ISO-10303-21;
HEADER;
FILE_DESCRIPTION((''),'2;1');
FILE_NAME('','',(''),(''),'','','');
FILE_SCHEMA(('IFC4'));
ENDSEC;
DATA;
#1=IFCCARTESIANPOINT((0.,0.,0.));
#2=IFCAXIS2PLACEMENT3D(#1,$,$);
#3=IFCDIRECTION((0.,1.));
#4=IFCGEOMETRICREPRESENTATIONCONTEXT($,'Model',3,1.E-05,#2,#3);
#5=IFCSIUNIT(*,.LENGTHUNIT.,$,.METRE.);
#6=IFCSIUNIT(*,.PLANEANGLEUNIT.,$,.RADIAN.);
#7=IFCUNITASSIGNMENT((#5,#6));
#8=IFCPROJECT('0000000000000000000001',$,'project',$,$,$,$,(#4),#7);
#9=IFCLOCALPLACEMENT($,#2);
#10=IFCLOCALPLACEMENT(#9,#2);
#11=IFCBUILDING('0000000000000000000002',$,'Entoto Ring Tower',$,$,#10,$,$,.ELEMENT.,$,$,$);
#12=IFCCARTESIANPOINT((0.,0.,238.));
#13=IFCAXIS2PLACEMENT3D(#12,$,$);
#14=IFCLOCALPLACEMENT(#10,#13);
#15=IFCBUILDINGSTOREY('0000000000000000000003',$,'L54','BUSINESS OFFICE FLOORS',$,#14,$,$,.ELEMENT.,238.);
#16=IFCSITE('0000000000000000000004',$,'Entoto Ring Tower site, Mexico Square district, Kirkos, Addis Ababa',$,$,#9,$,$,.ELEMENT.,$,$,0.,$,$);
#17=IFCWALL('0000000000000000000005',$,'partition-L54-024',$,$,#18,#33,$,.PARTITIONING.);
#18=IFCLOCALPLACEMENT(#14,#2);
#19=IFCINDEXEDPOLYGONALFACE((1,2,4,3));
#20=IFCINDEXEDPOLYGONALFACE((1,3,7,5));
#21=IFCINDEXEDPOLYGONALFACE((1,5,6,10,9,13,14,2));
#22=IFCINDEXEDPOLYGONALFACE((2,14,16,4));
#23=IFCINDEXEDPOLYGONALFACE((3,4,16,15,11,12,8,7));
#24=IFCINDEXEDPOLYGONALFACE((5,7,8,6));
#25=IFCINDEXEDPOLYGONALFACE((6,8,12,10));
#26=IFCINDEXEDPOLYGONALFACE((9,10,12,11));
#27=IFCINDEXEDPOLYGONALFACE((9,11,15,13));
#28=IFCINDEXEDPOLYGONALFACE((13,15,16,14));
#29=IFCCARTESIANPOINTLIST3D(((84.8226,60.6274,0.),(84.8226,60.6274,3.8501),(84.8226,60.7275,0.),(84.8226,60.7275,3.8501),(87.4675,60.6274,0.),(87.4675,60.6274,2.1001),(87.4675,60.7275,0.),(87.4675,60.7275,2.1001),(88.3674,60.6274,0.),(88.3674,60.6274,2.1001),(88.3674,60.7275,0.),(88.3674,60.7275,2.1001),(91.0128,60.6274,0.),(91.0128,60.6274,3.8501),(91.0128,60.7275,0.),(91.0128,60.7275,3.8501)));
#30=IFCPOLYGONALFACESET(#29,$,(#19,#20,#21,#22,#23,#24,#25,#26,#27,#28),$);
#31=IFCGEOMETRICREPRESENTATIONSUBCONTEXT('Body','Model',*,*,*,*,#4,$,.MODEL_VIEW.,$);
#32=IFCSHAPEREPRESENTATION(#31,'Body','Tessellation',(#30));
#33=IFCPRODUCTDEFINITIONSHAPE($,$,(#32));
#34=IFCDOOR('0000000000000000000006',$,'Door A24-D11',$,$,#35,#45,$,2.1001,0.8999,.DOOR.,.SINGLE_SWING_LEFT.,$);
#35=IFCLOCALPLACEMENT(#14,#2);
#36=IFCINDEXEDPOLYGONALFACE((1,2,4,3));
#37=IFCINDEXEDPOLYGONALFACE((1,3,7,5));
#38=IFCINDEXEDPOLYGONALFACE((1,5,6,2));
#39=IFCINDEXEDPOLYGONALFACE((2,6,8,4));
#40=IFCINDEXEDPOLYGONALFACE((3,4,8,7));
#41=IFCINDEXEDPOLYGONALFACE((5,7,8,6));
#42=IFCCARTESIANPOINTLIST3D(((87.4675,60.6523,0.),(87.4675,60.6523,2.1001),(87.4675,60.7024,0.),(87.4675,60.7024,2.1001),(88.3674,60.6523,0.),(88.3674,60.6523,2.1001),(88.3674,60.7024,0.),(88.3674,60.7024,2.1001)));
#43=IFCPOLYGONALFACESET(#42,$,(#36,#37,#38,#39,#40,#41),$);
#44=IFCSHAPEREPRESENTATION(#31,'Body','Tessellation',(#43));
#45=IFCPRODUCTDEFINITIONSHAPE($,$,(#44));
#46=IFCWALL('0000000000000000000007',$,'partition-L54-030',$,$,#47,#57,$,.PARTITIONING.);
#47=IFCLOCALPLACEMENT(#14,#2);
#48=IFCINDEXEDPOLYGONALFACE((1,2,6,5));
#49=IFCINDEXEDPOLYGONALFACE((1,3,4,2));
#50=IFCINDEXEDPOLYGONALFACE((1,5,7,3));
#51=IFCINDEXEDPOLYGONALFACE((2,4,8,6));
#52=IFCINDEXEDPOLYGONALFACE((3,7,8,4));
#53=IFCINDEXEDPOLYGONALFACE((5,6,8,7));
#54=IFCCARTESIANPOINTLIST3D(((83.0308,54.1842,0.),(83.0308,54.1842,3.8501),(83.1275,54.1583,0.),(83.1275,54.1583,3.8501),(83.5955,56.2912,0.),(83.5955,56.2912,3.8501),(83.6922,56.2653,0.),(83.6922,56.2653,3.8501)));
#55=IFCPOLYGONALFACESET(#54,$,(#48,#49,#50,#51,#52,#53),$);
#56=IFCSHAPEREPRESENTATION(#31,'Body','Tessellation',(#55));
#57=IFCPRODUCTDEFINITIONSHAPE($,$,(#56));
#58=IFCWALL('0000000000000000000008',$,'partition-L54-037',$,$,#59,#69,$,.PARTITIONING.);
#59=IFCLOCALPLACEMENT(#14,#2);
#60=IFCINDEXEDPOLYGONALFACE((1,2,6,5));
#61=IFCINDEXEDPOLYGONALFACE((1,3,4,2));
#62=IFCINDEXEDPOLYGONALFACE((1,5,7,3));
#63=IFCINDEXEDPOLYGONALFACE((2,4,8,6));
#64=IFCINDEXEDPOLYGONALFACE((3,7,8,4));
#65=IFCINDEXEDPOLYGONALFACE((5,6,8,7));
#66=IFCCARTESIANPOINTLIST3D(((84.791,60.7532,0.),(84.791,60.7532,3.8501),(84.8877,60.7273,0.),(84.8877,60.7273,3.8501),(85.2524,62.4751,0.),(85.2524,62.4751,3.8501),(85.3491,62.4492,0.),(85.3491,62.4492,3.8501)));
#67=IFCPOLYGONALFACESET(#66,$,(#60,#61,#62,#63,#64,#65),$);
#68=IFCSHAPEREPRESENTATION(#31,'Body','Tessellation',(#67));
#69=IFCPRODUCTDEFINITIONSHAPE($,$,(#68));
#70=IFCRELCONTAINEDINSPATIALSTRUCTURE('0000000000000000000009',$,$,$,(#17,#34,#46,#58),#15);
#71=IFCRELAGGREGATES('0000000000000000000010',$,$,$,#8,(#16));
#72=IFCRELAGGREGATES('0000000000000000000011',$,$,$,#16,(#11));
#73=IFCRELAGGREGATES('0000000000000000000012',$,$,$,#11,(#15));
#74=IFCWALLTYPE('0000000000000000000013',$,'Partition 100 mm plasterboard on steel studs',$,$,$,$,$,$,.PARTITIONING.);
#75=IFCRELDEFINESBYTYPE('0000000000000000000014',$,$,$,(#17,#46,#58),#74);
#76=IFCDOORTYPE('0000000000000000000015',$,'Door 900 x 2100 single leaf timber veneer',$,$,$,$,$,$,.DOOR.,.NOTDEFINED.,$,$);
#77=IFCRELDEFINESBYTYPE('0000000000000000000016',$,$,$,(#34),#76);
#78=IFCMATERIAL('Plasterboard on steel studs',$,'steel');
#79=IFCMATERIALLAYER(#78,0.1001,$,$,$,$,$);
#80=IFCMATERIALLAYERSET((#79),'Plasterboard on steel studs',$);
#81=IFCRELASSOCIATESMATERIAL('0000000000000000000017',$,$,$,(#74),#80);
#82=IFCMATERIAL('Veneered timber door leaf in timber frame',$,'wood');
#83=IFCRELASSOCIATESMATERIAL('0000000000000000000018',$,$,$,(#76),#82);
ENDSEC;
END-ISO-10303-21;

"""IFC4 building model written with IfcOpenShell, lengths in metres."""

from ifc_helpers import new_model, si_unit, direction, frame, frame_2d, origin, place, context, subcontext, project, spatial, rectangle, extrude, material, layer, layer_set, type_object, element, fill, save


model = new_model("IFC4")

# Units and contexts
model_context = context("Model", 3, precision=1e-05, world=origin(), true_north=direction((0.0, 1.0)))
body_context = subcontext(model_context, "Body", "Model", "MODEL_VIEW")
ifc_project = project(units=[si_unit("LENGTHUNIT", "METRE"), si_unit("PLANEANGLEUNIT", "RADIAN")], contexts=[model_context])

# Site, building, storey
site_placement = place(None, origin())
site = spatial("IfcSite", under=ifc_project, at=site_placement, Name="Entoto Ring Tower site, Mexico Square district, Kirkos, Addis Ababa", CompositionType="ELEMENT", RefElevation=0.0)
building_placement = place(site_placement, origin())
building = spatial("IfcBuilding", under=site, at=building_placement, Name="Entoto Ring Tower", CompositionType="ELEMENT")
storey_placement = place(building_placement, frame((0.0, 0.0, 238.0)))
storey = spatial("IfcBuildingStorey", under=building, at=storey_placement, Name="L54", Description="BUSINESS OFFICE FLOORS", CompositionType="ELEMENT", Elevation=238.0)

# Wall, opening, door
ifc_material_1 = material(Name="Plasterboard on steel studs", Category="steel")
ifc_layer_1 = layer(ifc_material_1, 0.1001)
ifc_layer_set_1 = layer_set([ifc_layer_1], Name="Plasterboard on steel studs")
wall_type_1 = type_object("IfcWallType", Name="Partition 100 mm plasterboard on steel studs", PredefinedType="PARTITIONING", material=ifc_layer_set_1)
ifc_material_2 = material(Name="Veneered timber door leaf in timber frame", Category="wood")
door_type_1 = type_object("IfcDoorType", Name="Door 900 x 2100 single leaf timber veneer", OperationType="NOTDEFINED", PredefinedType="DOOR", material=ifc_material_2)
wall_1_placement = place(storey_placement, frame((84.8225, 60.6775, 0.0), z_axis=(0.0, 0.0, 1.0), x_axis=(1.0, 0.0, 0.0)))
wall_1 = element("IfcWall", 1, at=wall_1_placement, inside=storey, type_object=wall_type_1, Name="partition-L54-024", PredefinedType="PARTITIONING", context=body_context, shape_type="SweptSolid", body=[
    extrude(rectangle(XDim=6.1902, YDim=0.1001, at=frame_2d((3.0952, 0.0))), origin(), (0.0, 0.0, 1.0), 3.8501),
])
opening_1_placement = place(wall_1_placement, frame((2.645, 0.0, 0.0)))
opening_1 = element("IfcOpeningElement", 2, at=opening_1_placement, cuts=wall_1, PredefinedType="OPENING", context=body_context, shape_type="SweptSolid", body=[
    extrude(rectangle(XDim=0.8999, YDim=2.1001, at=frame_2d((0.45, 1.05))), frame((0.0, 0.0601, 0.0), z_axis=(0.0, -1.0, 0.0), x_axis=(1.0, 0.0, 0.0)), (0.0, 0.0, 1.0), 0.1201),
])
door_1_placement = place(opening_1_placement, origin())
door_1 = element("IfcDoor", 3, at=door_1_placement, inside=storey, type_object=door_type_1, Name="Door A24-D11", OperationType="SINGLE_SWING_LEFT", OverallHeight=2.1001, OverallWidth=0.8999, PredefinedType="DOOR", context=body_context, shape_type="SweptSolid", body=[
    extrude(rectangle(XDim=0.8999, YDim=2.1001, at=frame_2d((0.45, 1.05))), frame((0.0, 0.0249, 0.0), z_axis=(0.0, -1.0, 0.0), x_axis=(1.0, 0.0, 0.0)), (0.0, 0.0, 1.0), 0.05),
])
fill(opening_1, door_1)

# Walls
wall_2_placement = place(storey_placement, frame((83.0791, 54.1711, 0.0), z_axis=(0.0, 0.0, 1.0), x_axis=(0.258882, 0.965909, 0.0)))
element("IfcWall", 4, at=wall_2_placement, inside=storey, type_object=wall_type_1, Name="partition-L54-030", PredefinedType="PARTITIONING", context=body_context, shape_type="SweptSolid", body=[
    extrude(rectangle(XDim=2.1814, YDim=0.1001, at=frame_2d((1.0908, 0.0))), origin(), (0.0, 0.0, 1.0), 3.8501),
])
wall_3_placement = place(storey_placement, frame((84.8394, 60.7402, 0.0), z_axis=(0.0, 0.0, 1.0), x_axis=(0.258839, 0.965921, 0.0)))
element("IfcWall", 5, at=wall_3_placement, inside=storey, type_object=wall_type_1, Name="partition-L54-037", PredefinedType="PARTITIONING", context=body_context, shape_type="SweptSolid", body=[
    extrude(rectangle(XDim=1.7827, YDim=0.1001, at=frame_2d((0.8914, 0.0))), origin(), (0.0, 0.0, 1.0), 3.8501),
])

save(model, "model.ifc")
